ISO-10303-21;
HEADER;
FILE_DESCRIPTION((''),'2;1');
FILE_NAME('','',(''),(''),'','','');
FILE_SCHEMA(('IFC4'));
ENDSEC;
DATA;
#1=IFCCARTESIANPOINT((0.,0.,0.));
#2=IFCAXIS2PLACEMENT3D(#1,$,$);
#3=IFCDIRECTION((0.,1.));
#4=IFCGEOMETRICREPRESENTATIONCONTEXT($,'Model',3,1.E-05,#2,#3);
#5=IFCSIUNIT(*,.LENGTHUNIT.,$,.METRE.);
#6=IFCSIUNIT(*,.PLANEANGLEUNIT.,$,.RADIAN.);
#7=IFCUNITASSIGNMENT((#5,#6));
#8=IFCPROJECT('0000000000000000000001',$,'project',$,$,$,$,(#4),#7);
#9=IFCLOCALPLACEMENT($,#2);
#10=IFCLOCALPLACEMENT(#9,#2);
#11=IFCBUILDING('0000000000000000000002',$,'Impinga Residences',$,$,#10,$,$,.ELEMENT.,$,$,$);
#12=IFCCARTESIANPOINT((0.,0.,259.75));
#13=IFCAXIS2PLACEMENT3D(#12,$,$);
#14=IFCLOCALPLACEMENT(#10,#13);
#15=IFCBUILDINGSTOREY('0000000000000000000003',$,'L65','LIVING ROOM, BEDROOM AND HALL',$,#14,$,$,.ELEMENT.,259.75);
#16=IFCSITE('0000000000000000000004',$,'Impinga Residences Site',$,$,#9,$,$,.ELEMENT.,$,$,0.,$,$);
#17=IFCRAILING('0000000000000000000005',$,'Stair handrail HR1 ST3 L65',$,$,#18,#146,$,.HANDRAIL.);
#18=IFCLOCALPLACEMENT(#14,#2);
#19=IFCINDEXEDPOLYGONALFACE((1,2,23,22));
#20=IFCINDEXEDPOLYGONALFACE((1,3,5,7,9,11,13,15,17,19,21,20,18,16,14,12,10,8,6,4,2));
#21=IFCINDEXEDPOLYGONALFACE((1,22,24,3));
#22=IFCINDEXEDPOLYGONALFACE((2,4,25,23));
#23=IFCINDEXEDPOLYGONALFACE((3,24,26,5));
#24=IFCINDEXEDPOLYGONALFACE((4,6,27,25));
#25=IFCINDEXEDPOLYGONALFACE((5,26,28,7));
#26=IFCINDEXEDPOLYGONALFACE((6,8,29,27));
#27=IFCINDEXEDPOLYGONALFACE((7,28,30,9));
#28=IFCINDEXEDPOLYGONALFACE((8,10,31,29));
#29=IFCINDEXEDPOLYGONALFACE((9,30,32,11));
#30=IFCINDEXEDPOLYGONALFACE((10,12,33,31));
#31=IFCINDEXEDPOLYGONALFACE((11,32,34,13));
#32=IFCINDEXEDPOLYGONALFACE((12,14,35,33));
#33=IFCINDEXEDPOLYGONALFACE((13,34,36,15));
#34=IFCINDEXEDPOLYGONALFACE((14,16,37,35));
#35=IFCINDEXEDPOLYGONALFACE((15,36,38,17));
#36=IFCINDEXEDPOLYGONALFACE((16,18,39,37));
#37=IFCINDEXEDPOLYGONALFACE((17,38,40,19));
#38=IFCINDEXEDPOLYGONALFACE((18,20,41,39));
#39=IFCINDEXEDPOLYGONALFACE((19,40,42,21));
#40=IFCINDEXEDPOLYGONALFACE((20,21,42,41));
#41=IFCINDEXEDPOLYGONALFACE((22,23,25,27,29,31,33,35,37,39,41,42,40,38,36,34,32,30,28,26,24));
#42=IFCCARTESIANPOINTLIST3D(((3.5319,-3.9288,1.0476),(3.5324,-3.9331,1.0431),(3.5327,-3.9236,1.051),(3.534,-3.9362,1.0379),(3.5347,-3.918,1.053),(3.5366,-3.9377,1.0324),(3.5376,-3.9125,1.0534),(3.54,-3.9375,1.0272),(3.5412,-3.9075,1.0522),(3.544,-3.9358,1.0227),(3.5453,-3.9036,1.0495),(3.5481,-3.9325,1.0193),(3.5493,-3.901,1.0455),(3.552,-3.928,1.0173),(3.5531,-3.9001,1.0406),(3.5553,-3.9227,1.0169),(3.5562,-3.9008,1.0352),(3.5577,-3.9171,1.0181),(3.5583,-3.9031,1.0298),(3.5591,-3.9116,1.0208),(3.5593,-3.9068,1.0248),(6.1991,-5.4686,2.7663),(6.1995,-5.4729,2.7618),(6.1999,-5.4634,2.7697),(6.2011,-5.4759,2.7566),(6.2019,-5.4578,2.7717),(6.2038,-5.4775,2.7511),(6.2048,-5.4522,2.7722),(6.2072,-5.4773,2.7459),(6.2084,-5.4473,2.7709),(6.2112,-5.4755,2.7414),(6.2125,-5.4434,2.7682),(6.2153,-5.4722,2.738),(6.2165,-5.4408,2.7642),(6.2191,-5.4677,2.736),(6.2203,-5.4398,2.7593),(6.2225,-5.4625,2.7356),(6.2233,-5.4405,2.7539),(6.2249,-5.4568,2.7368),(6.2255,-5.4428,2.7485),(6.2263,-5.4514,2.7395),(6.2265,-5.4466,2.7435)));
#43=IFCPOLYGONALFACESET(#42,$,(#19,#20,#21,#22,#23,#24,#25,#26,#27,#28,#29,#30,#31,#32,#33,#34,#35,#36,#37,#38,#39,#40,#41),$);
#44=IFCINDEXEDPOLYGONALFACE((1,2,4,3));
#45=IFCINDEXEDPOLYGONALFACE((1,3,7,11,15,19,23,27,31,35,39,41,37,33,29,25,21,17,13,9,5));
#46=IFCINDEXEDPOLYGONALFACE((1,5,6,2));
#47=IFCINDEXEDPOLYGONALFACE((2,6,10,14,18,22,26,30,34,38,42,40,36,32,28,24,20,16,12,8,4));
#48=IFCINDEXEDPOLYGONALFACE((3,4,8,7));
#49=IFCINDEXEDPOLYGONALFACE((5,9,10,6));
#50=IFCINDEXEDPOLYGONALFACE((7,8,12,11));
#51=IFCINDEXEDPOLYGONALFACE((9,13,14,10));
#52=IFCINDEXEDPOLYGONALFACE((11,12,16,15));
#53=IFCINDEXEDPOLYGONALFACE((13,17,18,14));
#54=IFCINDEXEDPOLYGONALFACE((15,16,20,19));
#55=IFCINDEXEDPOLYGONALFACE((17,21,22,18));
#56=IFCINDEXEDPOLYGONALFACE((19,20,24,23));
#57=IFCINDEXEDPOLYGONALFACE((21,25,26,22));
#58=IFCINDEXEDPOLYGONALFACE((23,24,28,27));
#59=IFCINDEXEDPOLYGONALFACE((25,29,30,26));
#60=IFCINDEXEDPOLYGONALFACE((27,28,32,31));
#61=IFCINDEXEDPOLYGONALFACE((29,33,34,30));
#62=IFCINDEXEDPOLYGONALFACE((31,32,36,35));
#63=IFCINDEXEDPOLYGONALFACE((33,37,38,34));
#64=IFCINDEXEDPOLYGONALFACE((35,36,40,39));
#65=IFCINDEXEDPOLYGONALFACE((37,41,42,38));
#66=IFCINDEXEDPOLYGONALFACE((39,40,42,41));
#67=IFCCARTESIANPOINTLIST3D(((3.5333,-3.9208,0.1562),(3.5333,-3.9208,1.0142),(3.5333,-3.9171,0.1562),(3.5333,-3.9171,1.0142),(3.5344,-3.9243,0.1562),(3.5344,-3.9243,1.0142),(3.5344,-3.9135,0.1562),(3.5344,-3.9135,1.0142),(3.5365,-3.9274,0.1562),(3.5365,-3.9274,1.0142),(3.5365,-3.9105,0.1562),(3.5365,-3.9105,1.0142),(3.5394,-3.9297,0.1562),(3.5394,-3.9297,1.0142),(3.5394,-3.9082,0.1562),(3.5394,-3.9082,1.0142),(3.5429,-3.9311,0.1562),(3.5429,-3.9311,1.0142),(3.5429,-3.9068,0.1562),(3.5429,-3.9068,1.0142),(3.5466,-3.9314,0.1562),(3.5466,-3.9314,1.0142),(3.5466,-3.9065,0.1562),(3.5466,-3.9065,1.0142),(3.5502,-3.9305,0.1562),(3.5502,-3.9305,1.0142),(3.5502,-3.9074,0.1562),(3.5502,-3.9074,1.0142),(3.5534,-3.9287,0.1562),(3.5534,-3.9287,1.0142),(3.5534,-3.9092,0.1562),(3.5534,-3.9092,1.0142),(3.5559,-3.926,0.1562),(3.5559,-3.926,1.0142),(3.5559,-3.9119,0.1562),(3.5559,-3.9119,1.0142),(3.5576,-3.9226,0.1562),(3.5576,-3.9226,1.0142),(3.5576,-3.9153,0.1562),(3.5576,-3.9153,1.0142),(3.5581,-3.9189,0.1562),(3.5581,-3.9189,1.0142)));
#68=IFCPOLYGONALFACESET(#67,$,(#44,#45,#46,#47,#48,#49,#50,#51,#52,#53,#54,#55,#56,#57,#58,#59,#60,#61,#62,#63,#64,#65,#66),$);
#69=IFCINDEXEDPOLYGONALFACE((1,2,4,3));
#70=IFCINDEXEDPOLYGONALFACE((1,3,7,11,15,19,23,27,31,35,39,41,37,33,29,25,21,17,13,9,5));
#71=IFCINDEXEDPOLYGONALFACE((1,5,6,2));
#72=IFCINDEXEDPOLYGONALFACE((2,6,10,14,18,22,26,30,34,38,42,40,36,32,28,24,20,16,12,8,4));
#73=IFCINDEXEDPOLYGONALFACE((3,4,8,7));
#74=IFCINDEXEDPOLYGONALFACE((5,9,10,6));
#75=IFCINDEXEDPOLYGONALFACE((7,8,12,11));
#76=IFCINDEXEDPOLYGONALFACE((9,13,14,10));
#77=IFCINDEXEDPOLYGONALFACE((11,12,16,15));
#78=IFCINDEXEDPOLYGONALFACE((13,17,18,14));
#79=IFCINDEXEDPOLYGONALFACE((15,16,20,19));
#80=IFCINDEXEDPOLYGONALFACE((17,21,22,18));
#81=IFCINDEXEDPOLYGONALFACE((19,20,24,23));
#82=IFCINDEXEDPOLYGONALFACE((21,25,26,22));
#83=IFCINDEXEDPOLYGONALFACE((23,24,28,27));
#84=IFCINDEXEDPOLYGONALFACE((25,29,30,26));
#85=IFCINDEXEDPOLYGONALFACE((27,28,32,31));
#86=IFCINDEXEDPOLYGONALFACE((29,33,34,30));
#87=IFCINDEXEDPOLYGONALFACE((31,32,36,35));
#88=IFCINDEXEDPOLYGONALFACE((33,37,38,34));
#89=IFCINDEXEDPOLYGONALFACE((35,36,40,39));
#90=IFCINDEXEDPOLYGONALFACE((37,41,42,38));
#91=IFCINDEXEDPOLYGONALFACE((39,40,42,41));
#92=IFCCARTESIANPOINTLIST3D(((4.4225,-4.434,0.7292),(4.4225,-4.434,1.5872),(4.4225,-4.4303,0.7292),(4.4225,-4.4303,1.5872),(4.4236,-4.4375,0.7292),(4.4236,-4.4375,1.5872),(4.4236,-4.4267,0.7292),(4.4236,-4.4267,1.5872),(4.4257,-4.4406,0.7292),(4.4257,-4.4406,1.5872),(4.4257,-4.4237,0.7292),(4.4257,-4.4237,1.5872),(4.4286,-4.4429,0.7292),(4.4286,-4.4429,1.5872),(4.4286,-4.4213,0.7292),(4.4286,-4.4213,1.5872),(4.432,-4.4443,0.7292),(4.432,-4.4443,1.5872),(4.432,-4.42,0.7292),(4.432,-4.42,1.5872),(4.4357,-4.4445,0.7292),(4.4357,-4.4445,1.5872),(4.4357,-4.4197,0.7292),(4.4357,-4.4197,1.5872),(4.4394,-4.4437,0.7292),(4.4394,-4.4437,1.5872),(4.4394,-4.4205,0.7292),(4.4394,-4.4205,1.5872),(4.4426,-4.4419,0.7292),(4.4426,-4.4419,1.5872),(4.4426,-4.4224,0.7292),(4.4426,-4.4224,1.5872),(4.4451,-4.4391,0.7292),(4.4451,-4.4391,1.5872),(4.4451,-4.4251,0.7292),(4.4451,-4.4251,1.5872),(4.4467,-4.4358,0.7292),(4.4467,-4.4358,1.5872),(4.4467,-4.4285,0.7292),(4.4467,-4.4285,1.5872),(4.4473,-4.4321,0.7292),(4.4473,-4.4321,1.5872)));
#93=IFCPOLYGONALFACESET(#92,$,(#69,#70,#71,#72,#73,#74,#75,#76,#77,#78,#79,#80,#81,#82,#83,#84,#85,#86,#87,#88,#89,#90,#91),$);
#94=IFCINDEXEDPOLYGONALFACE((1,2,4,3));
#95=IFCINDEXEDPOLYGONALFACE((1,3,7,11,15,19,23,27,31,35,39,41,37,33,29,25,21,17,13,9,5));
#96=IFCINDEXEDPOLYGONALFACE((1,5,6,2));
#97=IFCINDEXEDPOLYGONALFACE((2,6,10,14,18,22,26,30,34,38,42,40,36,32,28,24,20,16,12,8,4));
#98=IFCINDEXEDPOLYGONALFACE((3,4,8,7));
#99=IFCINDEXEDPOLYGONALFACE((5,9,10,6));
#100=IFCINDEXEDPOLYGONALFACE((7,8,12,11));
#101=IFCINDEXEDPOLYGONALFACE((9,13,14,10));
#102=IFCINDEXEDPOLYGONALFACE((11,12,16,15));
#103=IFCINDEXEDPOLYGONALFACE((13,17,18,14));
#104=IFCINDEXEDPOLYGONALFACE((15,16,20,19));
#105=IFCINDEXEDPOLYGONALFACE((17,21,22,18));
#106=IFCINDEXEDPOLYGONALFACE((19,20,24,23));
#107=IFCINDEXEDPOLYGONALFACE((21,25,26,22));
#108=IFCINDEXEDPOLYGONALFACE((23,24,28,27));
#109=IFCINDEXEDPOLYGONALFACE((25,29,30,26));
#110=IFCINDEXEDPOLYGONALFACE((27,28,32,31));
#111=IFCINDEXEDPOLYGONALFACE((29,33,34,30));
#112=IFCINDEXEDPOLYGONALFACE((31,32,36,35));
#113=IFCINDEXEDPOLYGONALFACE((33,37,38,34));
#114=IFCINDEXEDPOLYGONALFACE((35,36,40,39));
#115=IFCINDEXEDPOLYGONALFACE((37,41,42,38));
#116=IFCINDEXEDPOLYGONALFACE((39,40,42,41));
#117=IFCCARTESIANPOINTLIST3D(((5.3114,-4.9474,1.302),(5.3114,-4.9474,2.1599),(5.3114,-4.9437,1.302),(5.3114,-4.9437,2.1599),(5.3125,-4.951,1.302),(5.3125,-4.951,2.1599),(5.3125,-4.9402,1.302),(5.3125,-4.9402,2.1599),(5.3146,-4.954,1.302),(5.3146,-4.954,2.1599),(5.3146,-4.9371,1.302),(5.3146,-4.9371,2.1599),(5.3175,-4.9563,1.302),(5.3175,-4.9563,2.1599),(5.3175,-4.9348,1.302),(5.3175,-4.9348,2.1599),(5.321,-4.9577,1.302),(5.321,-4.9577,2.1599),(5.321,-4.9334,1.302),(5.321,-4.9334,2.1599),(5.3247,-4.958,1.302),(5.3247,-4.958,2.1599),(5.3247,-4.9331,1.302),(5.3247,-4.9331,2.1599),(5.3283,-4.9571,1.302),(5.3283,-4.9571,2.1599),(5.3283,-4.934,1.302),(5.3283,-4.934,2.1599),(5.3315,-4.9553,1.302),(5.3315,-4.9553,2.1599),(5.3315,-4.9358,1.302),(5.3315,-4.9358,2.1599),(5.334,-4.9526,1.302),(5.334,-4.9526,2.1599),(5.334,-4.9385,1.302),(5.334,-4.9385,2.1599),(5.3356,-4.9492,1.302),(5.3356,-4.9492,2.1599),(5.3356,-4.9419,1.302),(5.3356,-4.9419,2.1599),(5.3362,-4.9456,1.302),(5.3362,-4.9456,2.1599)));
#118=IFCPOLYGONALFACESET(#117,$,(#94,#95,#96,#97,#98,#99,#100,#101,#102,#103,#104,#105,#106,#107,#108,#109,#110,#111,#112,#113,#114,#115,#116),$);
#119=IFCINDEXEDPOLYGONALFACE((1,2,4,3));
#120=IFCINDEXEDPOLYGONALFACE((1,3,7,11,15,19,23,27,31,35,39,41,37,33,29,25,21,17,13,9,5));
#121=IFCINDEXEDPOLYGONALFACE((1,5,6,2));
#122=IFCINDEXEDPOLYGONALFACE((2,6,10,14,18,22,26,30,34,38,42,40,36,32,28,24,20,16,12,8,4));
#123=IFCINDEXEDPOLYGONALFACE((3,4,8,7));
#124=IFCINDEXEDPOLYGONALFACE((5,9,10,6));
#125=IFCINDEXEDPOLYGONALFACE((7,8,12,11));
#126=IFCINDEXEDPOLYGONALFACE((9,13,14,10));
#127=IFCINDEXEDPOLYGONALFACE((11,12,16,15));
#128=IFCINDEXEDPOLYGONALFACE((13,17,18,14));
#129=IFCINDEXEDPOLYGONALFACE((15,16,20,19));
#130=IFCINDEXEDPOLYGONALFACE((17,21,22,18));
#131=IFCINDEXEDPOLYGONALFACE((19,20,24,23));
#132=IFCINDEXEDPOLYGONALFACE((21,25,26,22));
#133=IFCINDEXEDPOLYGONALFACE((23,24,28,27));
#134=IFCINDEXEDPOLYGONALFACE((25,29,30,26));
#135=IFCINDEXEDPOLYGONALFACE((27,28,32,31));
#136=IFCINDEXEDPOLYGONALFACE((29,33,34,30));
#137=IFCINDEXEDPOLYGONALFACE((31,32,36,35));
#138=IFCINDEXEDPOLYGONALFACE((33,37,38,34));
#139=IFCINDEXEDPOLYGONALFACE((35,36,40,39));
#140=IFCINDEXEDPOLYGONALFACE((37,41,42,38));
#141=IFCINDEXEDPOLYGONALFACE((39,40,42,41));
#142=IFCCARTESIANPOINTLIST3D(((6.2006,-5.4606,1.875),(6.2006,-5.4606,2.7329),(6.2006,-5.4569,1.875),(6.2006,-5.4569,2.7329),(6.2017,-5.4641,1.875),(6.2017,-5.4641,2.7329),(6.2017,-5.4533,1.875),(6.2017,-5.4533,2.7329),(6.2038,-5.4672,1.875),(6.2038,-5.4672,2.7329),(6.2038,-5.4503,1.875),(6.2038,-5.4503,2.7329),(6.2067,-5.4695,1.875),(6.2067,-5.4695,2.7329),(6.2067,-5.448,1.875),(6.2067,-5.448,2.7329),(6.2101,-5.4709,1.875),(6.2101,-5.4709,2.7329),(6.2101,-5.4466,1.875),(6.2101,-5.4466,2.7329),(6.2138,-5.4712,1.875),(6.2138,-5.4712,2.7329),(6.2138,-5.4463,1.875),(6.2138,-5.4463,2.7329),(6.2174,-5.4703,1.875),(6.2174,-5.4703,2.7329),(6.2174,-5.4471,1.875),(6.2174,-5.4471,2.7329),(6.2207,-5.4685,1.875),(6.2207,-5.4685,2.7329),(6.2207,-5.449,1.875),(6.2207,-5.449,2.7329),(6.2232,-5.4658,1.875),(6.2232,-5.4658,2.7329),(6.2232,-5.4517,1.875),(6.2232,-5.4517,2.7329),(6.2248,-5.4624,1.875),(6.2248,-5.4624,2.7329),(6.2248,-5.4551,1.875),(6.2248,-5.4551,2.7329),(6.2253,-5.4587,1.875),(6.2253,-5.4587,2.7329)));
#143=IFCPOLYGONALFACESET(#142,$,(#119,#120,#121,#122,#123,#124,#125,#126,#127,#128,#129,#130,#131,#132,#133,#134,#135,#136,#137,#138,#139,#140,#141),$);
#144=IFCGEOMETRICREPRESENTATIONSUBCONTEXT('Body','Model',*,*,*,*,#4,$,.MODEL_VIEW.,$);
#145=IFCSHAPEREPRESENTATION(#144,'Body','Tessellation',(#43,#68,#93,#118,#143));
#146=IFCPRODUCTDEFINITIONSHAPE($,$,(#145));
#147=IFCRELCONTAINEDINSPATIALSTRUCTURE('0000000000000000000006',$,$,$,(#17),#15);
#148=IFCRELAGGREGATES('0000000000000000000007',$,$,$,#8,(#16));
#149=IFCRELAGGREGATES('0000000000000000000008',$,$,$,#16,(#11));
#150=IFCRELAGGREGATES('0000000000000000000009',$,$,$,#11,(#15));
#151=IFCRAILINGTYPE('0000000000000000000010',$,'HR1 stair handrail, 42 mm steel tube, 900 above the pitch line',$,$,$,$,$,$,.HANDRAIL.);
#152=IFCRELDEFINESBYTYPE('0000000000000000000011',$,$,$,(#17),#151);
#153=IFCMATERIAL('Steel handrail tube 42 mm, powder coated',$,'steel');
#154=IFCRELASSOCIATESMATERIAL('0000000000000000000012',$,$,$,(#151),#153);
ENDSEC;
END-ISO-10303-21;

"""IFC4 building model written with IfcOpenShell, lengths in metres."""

from ifc_helpers import new_model, si_unit, direction, frame, origin, origin_2d, place, context, subcontext, project, spatial, circle, extrude, material, type_object, element, save


model = new_model("IFC4")

# Units and contexts
model_context = context("Model", 3, precision=1e-05, world=origin(), true_north=direction((0.0, 1.0)))
body_context = subcontext(model_context, "Body", "Model", "MODEL_VIEW")
ifc_project = project(units=[si_unit("LENGTHUNIT", "METRE"), si_unit("PLANEANGLEUNIT", "RADIAN")], contexts=[model_context])

# Site, building, storey
site_placement = place(None, origin())
site = spatial("IfcSite", under=ifc_project, at=site_placement, Name="Impinga Residences Site", CompositionType="ELEMENT", RefElevation=0.0)
building_placement = place(site_placement, origin())
building = spatial("IfcBuilding", under=site, at=building_placement, Name="Impinga Residences", CompositionType="ELEMENT")
storey_placement = place(building_placement, frame((0.0, 0.0, 259.75)))
storey = spatial("IfcBuildingStorey", under=building, at=storey_placement, Name="L65", Description="LIVING ROOM, BEDROOM AND HALL", CompositionType="ELEMENT", Elevation=259.75)

# Railing
ifc_material_1 = material(Name="Steel handrail tube 42 mm, powder coated", Category="steel")
railing_type_1 = type_object("IfcRailingType", Name="HR1 stair handrail, 42 mm steel tube, 900 above the pitch line", PredefinedType="HANDRAIL", material=ifc_material_1)
railing_1_placement = place(storey_placement, frame((3.5457, -3.9189, 0.1562)))
element("IfcRailing", 1, at=railing_1_placement, inside=storey, type_object=railing_type_1, Name="Stair handrail HR1 ST3 L65", PredefinedType="HANDRAIL", context=body_context, shape_type="SweptSolid", body=[
    extrude(circle(Radius=0.021, at=origin_2d()), frame((0.0, 0.0, 0.8789), z_axis=(0.756249, -0.436582, 0.487322), x_axis=(0.499967, 0.866044, 0.0)), (0.0, 0.0, 1.0), 3.5269),
    extrude(circle(Radius=0.0125, at=origin_2d()), origin(), (0.0, 0.0, 1.0), 0.8579),
    extrude(circle(Radius=0.0125, at=origin_2d()), frame((0.8892, -0.5132, 0.573)), (0.0, 0.0, 1.0), 0.8579),
    extrude(circle(Radius=0.0125, at=origin_2d()), frame((1.7781, -1.0266, 1.1458)), (0.0, 0.0, 1.0), 0.8579),
    extrude(circle(Radius=0.0125, at=origin_2d()), frame((2.6672, -1.5398, 1.7188)), (0.0, 0.0, 1.0), 0.8579),
])

save(model, "model.ifc")
